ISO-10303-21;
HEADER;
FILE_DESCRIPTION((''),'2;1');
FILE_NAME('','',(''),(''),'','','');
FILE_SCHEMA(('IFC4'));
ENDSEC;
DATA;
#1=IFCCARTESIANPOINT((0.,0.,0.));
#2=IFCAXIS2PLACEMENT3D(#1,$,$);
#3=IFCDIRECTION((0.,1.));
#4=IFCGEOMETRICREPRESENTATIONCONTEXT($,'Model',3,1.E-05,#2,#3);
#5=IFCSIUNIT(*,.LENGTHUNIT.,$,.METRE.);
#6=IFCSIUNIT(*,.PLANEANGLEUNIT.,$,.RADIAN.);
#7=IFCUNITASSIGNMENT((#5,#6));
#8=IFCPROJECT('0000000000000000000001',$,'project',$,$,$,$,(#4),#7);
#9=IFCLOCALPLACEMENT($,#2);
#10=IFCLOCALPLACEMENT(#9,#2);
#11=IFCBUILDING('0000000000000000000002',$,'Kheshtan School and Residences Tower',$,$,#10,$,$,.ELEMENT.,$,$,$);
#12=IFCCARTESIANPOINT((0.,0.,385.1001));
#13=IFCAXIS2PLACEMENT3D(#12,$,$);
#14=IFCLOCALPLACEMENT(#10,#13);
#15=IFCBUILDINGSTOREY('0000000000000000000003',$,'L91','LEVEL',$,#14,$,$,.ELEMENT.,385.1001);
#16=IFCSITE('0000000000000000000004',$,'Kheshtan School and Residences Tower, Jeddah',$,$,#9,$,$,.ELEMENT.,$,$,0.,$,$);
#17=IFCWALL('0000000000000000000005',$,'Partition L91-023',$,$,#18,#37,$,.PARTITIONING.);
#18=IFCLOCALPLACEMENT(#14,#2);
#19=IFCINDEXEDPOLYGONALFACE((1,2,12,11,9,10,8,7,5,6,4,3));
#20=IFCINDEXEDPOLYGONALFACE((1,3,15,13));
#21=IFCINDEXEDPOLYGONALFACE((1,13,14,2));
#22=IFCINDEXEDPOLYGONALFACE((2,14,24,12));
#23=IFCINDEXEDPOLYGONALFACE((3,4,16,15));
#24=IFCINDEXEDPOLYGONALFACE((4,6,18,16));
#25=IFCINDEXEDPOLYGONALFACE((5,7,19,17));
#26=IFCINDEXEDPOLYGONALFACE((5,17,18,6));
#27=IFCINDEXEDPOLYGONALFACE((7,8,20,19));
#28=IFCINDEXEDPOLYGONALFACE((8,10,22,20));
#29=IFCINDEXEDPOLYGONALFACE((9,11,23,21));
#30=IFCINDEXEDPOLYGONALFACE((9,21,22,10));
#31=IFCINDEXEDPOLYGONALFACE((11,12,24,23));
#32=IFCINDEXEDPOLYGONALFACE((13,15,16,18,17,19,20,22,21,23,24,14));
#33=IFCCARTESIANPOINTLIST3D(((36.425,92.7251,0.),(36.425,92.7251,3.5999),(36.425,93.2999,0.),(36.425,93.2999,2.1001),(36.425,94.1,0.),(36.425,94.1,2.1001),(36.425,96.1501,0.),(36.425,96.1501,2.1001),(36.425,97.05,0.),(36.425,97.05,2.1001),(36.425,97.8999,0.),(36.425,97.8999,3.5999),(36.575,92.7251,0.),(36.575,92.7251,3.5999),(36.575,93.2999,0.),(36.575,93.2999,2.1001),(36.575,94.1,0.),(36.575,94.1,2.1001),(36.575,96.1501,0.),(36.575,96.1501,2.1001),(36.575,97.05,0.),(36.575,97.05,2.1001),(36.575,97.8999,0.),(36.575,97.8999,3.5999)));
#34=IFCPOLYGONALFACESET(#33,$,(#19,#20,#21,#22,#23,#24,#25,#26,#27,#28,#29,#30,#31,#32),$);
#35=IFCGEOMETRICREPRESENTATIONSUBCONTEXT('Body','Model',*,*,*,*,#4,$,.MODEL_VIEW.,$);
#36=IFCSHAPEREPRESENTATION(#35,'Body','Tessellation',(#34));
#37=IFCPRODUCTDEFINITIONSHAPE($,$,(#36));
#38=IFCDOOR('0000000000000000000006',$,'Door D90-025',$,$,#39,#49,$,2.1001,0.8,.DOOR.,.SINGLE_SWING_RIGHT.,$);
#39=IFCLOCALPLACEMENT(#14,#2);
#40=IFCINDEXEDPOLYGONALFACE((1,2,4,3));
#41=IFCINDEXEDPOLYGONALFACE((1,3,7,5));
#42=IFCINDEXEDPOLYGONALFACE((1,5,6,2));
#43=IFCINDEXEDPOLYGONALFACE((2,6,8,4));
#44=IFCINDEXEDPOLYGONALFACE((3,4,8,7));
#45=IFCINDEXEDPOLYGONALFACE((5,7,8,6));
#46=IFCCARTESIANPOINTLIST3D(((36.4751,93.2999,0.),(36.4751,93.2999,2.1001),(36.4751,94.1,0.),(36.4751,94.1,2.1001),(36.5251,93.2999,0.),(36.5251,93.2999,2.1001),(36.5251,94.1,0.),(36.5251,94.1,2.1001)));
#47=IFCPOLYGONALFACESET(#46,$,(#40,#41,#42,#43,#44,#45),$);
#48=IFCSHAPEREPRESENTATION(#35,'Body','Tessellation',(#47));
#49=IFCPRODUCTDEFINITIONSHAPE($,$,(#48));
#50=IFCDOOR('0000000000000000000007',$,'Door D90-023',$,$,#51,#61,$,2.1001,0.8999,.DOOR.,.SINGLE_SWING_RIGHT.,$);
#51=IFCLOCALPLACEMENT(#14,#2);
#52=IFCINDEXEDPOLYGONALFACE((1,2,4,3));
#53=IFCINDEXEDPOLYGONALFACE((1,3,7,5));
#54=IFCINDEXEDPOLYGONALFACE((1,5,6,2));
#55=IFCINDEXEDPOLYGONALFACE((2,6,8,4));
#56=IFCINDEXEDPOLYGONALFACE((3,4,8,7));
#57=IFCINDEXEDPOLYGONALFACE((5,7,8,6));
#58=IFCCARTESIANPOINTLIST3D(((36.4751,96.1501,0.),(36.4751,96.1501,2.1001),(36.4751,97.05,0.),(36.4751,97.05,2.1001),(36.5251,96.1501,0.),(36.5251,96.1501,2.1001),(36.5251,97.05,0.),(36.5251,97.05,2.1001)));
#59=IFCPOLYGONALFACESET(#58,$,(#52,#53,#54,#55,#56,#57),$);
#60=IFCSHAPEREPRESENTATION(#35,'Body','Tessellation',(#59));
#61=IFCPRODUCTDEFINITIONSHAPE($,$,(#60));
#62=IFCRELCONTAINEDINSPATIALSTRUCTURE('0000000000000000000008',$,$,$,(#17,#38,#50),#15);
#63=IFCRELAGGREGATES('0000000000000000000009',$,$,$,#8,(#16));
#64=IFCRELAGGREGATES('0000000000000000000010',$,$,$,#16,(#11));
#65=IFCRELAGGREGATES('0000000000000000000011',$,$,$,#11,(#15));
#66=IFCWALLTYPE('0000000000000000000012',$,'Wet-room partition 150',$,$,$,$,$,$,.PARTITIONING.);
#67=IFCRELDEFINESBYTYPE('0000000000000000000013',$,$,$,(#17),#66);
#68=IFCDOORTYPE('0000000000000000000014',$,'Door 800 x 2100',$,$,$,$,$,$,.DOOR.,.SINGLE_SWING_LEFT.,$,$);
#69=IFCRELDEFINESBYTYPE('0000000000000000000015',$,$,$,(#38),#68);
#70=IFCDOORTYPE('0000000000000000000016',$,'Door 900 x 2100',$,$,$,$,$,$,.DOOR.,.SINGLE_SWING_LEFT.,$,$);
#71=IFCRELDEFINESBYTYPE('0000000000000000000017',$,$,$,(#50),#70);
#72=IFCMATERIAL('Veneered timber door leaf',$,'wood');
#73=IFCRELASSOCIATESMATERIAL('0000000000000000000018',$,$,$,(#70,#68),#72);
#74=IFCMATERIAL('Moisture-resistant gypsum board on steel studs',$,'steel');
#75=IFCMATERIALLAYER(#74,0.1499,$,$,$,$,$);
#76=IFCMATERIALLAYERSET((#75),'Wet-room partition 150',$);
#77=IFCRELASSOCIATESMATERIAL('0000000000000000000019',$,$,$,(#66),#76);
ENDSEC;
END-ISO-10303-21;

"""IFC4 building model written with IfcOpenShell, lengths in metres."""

from ifc_helpers import new_model, si_unit, direction, frame, frame_2d, origin, place, context, subcontext, project, spatial, rectangle, extrude, source, transform, mapped, material, layer, layer_set, type_object, element, fill, save


model = new_model("IFC4")

# Units and contexts
model_context = context("Model", 3, precision=1e-05, world=origin(), true_north=direction((0.0, 1.0)))
body_context = subcontext(model_context, "Body", "Model", "MODEL_VIEW")
ifc_project = project(units=[si_unit("LENGTHUNIT", "METRE"), si_unit("PLANEANGLEUNIT", "RADIAN")], contexts=[model_context])

# Site, building, storey
site_placement = place(None, origin())
site = spatial("IfcSite", under=ifc_project, at=site_placement, Name="Kheshtan School and Residences Tower, Jeddah", CompositionType="ELEMENT", RefElevation=0.0)
building_placement = place(site_placement, origin())
building = spatial("IfcBuilding", under=site, at=building_placement, Name="Kheshtan School and Residences Tower", CompositionType="ELEMENT")
storey_placement = place(building_placement, frame((0.0, 0.0, 385.1001)))
storey = spatial("IfcBuildingStorey", under=building, at=storey_placement, Name="L91", Description="LEVEL", CompositionType="ELEMENT", Elevation=385.1001)

# Shared definitions
ifc_material_1 = material(Name="Veneered timber door leaf", Category="wood")
door_type_1 = type_object("IfcDoorType", Name="Door 900 x 2100", OperationType="SINGLE_SWING_LEFT", PredefinedType="DOOR", material=ifc_material_1)
shared_shape_1 = source(origin(), body_context, "Body", "SweptSolid", [
    extrude(rectangle(XDim=0.8999, YDim=2.1001, at=frame_2d((0.45, 1.05))), frame((0.0, 0.0249, 0.0), z_axis=(0.0, -1.0, 0.0), x_axis=(1.0, 0.0, 0.0)), (0.0, 0.0, 1.0), 0.05),
])

# Shared definitions
ifc_material_2 = material(Name="Moisture-resistant gypsum board on steel studs", Category="steel")
ifc_layer_1 = layer(ifc_material_2, 0.1499)
ifc_layer_set_1 = layer_set([ifc_layer_1], Name="Wet-room partition 150")
wall_type_1 = type_object("IfcWallType", Name="Wet-room partition 150", PredefinedType="PARTITIONING", material=ifc_layer_set_1)

# Shared definitions
door_type_2 = type_object("IfcDoorType", Name="Door 800 x 2100", OperationType="SINGLE_SWING_LEFT", PredefinedType="DOOR", material=ifc_material_1)
shared_shape_2 = source(origin(), body_context, "Body", "SweptSolid", [
    extrude(rectangle(XDim=0.8, YDim=2.1001, at=frame_2d((0.3999, 1.05))), frame((0.0, 0.0249, 0.0), z_axis=(0.0, -1.0, 0.0), x_axis=(1.0, 0.0, 0.0)), (0.0, 0.0, 1.0), 0.05),
])

# Wall, openings, doors
wall_1_placement = place(storey_placement, frame((36.5, 92.7251, 0.0), z_axis=(0.0, 0.0, 1.0), x_axis=(0.0, 1.0, 0.0)))
wall_1 = element("IfcWall", 1, at=wall_1_placement, inside=storey, type_object=wall_type_1, Name="Partition L91-023", PredefinedType="PARTITIONING", context=body_context, shape_type="SweptSolid", body=[
    extrude(rectangle(XDim=5.1748, YDim=0.1499, at=frame_2d((2.5874, 0.0))), origin(), (0.0, 0.0, 1.0), 3.5999),
])
opening_1_placement = place(wall_1_placement, frame((3.425, 0.0, 0.0)))
opening_1 = element("IfcOpeningElement", 2, at=opening_1_placement, cuts=wall_1, PredefinedType="OPENING", context=body_context, shape_type="SweptSolid", body=[
    extrude(rectangle(XDim=0.8999, YDim=2.1001, at=frame_2d((0.45, 1.05))), frame((0.0, 0.085, 0.0), z_axis=(0.0, -1.0, 0.0), x_axis=(1.0, 0.0, 0.0)), (0.0, 0.0, 1.0), 0.1699),
])
opening_2_placement = place(wall_1_placement, frame((0.575, 0.0, 0.0)))
opening_2 = element("IfcOpeningElement", 3, at=opening_2_placement, cuts=wall_1, PredefinedType="OPENING", context=body_context, shape_type="SweptSolid", body=[
    extrude(rectangle(XDim=0.8, YDim=2.1001, at=frame_2d((0.3999, 1.05))), frame((0.0, 0.085, 0.0), z_axis=(0.0, -1.0, 0.0), x_axis=(1.0, 0.0, 0.0)), (0.0, 0.0, 1.0), 0.1699),
])
door_1_placement = place(opening_2_placement, origin())
door_1 = element("IfcDoor", 4, at=door_1_placement, inside=storey, type_object=door_type_2, Name="Door D90-025", OperationType="SINGLE_SWING_RIGHT", OverallHeight=2.1001, OverallWidth=0.8, PredefinedType="DOOR", context=body_context, shape_type="MappedRepresentation", body=[
    mapped(shared_shape_2, transform((0.0, 0.0, 0.0), x_axis=(1.0, 0.0, 0.0), y_axis=(0.0, 1.0, 0.0), z_axis=(0.0, 0.0, 1.0), scale=1.0)),
])
fill(opening_2, door_1)
door_2_placement = place(opening_1_placement, origin())
door_2 = element("IfcDoor", 5, at=door_2_placement, inside=storey, type_object=door_type_1, Name="Door D90-023", OperationType="SINGLE_SWING_RIGHT", OverallHeight=2.1001, OverallWidth=0.8999, PredefinedType="DOOR", context=body_context, shape_type="MappedRepresentation", body=[
    mapped(shared_shape_1, transform((0.0, 0.0, 0.0), x_axis=(1.0, 0.0, 0.0), y_axis=(0.0, 1.0, 0.0), z_axis=(0.0, 0.0, 1.0), scale=1.0)),
])
fill(opening_1, door_2)

save(model, "model.ifc")
